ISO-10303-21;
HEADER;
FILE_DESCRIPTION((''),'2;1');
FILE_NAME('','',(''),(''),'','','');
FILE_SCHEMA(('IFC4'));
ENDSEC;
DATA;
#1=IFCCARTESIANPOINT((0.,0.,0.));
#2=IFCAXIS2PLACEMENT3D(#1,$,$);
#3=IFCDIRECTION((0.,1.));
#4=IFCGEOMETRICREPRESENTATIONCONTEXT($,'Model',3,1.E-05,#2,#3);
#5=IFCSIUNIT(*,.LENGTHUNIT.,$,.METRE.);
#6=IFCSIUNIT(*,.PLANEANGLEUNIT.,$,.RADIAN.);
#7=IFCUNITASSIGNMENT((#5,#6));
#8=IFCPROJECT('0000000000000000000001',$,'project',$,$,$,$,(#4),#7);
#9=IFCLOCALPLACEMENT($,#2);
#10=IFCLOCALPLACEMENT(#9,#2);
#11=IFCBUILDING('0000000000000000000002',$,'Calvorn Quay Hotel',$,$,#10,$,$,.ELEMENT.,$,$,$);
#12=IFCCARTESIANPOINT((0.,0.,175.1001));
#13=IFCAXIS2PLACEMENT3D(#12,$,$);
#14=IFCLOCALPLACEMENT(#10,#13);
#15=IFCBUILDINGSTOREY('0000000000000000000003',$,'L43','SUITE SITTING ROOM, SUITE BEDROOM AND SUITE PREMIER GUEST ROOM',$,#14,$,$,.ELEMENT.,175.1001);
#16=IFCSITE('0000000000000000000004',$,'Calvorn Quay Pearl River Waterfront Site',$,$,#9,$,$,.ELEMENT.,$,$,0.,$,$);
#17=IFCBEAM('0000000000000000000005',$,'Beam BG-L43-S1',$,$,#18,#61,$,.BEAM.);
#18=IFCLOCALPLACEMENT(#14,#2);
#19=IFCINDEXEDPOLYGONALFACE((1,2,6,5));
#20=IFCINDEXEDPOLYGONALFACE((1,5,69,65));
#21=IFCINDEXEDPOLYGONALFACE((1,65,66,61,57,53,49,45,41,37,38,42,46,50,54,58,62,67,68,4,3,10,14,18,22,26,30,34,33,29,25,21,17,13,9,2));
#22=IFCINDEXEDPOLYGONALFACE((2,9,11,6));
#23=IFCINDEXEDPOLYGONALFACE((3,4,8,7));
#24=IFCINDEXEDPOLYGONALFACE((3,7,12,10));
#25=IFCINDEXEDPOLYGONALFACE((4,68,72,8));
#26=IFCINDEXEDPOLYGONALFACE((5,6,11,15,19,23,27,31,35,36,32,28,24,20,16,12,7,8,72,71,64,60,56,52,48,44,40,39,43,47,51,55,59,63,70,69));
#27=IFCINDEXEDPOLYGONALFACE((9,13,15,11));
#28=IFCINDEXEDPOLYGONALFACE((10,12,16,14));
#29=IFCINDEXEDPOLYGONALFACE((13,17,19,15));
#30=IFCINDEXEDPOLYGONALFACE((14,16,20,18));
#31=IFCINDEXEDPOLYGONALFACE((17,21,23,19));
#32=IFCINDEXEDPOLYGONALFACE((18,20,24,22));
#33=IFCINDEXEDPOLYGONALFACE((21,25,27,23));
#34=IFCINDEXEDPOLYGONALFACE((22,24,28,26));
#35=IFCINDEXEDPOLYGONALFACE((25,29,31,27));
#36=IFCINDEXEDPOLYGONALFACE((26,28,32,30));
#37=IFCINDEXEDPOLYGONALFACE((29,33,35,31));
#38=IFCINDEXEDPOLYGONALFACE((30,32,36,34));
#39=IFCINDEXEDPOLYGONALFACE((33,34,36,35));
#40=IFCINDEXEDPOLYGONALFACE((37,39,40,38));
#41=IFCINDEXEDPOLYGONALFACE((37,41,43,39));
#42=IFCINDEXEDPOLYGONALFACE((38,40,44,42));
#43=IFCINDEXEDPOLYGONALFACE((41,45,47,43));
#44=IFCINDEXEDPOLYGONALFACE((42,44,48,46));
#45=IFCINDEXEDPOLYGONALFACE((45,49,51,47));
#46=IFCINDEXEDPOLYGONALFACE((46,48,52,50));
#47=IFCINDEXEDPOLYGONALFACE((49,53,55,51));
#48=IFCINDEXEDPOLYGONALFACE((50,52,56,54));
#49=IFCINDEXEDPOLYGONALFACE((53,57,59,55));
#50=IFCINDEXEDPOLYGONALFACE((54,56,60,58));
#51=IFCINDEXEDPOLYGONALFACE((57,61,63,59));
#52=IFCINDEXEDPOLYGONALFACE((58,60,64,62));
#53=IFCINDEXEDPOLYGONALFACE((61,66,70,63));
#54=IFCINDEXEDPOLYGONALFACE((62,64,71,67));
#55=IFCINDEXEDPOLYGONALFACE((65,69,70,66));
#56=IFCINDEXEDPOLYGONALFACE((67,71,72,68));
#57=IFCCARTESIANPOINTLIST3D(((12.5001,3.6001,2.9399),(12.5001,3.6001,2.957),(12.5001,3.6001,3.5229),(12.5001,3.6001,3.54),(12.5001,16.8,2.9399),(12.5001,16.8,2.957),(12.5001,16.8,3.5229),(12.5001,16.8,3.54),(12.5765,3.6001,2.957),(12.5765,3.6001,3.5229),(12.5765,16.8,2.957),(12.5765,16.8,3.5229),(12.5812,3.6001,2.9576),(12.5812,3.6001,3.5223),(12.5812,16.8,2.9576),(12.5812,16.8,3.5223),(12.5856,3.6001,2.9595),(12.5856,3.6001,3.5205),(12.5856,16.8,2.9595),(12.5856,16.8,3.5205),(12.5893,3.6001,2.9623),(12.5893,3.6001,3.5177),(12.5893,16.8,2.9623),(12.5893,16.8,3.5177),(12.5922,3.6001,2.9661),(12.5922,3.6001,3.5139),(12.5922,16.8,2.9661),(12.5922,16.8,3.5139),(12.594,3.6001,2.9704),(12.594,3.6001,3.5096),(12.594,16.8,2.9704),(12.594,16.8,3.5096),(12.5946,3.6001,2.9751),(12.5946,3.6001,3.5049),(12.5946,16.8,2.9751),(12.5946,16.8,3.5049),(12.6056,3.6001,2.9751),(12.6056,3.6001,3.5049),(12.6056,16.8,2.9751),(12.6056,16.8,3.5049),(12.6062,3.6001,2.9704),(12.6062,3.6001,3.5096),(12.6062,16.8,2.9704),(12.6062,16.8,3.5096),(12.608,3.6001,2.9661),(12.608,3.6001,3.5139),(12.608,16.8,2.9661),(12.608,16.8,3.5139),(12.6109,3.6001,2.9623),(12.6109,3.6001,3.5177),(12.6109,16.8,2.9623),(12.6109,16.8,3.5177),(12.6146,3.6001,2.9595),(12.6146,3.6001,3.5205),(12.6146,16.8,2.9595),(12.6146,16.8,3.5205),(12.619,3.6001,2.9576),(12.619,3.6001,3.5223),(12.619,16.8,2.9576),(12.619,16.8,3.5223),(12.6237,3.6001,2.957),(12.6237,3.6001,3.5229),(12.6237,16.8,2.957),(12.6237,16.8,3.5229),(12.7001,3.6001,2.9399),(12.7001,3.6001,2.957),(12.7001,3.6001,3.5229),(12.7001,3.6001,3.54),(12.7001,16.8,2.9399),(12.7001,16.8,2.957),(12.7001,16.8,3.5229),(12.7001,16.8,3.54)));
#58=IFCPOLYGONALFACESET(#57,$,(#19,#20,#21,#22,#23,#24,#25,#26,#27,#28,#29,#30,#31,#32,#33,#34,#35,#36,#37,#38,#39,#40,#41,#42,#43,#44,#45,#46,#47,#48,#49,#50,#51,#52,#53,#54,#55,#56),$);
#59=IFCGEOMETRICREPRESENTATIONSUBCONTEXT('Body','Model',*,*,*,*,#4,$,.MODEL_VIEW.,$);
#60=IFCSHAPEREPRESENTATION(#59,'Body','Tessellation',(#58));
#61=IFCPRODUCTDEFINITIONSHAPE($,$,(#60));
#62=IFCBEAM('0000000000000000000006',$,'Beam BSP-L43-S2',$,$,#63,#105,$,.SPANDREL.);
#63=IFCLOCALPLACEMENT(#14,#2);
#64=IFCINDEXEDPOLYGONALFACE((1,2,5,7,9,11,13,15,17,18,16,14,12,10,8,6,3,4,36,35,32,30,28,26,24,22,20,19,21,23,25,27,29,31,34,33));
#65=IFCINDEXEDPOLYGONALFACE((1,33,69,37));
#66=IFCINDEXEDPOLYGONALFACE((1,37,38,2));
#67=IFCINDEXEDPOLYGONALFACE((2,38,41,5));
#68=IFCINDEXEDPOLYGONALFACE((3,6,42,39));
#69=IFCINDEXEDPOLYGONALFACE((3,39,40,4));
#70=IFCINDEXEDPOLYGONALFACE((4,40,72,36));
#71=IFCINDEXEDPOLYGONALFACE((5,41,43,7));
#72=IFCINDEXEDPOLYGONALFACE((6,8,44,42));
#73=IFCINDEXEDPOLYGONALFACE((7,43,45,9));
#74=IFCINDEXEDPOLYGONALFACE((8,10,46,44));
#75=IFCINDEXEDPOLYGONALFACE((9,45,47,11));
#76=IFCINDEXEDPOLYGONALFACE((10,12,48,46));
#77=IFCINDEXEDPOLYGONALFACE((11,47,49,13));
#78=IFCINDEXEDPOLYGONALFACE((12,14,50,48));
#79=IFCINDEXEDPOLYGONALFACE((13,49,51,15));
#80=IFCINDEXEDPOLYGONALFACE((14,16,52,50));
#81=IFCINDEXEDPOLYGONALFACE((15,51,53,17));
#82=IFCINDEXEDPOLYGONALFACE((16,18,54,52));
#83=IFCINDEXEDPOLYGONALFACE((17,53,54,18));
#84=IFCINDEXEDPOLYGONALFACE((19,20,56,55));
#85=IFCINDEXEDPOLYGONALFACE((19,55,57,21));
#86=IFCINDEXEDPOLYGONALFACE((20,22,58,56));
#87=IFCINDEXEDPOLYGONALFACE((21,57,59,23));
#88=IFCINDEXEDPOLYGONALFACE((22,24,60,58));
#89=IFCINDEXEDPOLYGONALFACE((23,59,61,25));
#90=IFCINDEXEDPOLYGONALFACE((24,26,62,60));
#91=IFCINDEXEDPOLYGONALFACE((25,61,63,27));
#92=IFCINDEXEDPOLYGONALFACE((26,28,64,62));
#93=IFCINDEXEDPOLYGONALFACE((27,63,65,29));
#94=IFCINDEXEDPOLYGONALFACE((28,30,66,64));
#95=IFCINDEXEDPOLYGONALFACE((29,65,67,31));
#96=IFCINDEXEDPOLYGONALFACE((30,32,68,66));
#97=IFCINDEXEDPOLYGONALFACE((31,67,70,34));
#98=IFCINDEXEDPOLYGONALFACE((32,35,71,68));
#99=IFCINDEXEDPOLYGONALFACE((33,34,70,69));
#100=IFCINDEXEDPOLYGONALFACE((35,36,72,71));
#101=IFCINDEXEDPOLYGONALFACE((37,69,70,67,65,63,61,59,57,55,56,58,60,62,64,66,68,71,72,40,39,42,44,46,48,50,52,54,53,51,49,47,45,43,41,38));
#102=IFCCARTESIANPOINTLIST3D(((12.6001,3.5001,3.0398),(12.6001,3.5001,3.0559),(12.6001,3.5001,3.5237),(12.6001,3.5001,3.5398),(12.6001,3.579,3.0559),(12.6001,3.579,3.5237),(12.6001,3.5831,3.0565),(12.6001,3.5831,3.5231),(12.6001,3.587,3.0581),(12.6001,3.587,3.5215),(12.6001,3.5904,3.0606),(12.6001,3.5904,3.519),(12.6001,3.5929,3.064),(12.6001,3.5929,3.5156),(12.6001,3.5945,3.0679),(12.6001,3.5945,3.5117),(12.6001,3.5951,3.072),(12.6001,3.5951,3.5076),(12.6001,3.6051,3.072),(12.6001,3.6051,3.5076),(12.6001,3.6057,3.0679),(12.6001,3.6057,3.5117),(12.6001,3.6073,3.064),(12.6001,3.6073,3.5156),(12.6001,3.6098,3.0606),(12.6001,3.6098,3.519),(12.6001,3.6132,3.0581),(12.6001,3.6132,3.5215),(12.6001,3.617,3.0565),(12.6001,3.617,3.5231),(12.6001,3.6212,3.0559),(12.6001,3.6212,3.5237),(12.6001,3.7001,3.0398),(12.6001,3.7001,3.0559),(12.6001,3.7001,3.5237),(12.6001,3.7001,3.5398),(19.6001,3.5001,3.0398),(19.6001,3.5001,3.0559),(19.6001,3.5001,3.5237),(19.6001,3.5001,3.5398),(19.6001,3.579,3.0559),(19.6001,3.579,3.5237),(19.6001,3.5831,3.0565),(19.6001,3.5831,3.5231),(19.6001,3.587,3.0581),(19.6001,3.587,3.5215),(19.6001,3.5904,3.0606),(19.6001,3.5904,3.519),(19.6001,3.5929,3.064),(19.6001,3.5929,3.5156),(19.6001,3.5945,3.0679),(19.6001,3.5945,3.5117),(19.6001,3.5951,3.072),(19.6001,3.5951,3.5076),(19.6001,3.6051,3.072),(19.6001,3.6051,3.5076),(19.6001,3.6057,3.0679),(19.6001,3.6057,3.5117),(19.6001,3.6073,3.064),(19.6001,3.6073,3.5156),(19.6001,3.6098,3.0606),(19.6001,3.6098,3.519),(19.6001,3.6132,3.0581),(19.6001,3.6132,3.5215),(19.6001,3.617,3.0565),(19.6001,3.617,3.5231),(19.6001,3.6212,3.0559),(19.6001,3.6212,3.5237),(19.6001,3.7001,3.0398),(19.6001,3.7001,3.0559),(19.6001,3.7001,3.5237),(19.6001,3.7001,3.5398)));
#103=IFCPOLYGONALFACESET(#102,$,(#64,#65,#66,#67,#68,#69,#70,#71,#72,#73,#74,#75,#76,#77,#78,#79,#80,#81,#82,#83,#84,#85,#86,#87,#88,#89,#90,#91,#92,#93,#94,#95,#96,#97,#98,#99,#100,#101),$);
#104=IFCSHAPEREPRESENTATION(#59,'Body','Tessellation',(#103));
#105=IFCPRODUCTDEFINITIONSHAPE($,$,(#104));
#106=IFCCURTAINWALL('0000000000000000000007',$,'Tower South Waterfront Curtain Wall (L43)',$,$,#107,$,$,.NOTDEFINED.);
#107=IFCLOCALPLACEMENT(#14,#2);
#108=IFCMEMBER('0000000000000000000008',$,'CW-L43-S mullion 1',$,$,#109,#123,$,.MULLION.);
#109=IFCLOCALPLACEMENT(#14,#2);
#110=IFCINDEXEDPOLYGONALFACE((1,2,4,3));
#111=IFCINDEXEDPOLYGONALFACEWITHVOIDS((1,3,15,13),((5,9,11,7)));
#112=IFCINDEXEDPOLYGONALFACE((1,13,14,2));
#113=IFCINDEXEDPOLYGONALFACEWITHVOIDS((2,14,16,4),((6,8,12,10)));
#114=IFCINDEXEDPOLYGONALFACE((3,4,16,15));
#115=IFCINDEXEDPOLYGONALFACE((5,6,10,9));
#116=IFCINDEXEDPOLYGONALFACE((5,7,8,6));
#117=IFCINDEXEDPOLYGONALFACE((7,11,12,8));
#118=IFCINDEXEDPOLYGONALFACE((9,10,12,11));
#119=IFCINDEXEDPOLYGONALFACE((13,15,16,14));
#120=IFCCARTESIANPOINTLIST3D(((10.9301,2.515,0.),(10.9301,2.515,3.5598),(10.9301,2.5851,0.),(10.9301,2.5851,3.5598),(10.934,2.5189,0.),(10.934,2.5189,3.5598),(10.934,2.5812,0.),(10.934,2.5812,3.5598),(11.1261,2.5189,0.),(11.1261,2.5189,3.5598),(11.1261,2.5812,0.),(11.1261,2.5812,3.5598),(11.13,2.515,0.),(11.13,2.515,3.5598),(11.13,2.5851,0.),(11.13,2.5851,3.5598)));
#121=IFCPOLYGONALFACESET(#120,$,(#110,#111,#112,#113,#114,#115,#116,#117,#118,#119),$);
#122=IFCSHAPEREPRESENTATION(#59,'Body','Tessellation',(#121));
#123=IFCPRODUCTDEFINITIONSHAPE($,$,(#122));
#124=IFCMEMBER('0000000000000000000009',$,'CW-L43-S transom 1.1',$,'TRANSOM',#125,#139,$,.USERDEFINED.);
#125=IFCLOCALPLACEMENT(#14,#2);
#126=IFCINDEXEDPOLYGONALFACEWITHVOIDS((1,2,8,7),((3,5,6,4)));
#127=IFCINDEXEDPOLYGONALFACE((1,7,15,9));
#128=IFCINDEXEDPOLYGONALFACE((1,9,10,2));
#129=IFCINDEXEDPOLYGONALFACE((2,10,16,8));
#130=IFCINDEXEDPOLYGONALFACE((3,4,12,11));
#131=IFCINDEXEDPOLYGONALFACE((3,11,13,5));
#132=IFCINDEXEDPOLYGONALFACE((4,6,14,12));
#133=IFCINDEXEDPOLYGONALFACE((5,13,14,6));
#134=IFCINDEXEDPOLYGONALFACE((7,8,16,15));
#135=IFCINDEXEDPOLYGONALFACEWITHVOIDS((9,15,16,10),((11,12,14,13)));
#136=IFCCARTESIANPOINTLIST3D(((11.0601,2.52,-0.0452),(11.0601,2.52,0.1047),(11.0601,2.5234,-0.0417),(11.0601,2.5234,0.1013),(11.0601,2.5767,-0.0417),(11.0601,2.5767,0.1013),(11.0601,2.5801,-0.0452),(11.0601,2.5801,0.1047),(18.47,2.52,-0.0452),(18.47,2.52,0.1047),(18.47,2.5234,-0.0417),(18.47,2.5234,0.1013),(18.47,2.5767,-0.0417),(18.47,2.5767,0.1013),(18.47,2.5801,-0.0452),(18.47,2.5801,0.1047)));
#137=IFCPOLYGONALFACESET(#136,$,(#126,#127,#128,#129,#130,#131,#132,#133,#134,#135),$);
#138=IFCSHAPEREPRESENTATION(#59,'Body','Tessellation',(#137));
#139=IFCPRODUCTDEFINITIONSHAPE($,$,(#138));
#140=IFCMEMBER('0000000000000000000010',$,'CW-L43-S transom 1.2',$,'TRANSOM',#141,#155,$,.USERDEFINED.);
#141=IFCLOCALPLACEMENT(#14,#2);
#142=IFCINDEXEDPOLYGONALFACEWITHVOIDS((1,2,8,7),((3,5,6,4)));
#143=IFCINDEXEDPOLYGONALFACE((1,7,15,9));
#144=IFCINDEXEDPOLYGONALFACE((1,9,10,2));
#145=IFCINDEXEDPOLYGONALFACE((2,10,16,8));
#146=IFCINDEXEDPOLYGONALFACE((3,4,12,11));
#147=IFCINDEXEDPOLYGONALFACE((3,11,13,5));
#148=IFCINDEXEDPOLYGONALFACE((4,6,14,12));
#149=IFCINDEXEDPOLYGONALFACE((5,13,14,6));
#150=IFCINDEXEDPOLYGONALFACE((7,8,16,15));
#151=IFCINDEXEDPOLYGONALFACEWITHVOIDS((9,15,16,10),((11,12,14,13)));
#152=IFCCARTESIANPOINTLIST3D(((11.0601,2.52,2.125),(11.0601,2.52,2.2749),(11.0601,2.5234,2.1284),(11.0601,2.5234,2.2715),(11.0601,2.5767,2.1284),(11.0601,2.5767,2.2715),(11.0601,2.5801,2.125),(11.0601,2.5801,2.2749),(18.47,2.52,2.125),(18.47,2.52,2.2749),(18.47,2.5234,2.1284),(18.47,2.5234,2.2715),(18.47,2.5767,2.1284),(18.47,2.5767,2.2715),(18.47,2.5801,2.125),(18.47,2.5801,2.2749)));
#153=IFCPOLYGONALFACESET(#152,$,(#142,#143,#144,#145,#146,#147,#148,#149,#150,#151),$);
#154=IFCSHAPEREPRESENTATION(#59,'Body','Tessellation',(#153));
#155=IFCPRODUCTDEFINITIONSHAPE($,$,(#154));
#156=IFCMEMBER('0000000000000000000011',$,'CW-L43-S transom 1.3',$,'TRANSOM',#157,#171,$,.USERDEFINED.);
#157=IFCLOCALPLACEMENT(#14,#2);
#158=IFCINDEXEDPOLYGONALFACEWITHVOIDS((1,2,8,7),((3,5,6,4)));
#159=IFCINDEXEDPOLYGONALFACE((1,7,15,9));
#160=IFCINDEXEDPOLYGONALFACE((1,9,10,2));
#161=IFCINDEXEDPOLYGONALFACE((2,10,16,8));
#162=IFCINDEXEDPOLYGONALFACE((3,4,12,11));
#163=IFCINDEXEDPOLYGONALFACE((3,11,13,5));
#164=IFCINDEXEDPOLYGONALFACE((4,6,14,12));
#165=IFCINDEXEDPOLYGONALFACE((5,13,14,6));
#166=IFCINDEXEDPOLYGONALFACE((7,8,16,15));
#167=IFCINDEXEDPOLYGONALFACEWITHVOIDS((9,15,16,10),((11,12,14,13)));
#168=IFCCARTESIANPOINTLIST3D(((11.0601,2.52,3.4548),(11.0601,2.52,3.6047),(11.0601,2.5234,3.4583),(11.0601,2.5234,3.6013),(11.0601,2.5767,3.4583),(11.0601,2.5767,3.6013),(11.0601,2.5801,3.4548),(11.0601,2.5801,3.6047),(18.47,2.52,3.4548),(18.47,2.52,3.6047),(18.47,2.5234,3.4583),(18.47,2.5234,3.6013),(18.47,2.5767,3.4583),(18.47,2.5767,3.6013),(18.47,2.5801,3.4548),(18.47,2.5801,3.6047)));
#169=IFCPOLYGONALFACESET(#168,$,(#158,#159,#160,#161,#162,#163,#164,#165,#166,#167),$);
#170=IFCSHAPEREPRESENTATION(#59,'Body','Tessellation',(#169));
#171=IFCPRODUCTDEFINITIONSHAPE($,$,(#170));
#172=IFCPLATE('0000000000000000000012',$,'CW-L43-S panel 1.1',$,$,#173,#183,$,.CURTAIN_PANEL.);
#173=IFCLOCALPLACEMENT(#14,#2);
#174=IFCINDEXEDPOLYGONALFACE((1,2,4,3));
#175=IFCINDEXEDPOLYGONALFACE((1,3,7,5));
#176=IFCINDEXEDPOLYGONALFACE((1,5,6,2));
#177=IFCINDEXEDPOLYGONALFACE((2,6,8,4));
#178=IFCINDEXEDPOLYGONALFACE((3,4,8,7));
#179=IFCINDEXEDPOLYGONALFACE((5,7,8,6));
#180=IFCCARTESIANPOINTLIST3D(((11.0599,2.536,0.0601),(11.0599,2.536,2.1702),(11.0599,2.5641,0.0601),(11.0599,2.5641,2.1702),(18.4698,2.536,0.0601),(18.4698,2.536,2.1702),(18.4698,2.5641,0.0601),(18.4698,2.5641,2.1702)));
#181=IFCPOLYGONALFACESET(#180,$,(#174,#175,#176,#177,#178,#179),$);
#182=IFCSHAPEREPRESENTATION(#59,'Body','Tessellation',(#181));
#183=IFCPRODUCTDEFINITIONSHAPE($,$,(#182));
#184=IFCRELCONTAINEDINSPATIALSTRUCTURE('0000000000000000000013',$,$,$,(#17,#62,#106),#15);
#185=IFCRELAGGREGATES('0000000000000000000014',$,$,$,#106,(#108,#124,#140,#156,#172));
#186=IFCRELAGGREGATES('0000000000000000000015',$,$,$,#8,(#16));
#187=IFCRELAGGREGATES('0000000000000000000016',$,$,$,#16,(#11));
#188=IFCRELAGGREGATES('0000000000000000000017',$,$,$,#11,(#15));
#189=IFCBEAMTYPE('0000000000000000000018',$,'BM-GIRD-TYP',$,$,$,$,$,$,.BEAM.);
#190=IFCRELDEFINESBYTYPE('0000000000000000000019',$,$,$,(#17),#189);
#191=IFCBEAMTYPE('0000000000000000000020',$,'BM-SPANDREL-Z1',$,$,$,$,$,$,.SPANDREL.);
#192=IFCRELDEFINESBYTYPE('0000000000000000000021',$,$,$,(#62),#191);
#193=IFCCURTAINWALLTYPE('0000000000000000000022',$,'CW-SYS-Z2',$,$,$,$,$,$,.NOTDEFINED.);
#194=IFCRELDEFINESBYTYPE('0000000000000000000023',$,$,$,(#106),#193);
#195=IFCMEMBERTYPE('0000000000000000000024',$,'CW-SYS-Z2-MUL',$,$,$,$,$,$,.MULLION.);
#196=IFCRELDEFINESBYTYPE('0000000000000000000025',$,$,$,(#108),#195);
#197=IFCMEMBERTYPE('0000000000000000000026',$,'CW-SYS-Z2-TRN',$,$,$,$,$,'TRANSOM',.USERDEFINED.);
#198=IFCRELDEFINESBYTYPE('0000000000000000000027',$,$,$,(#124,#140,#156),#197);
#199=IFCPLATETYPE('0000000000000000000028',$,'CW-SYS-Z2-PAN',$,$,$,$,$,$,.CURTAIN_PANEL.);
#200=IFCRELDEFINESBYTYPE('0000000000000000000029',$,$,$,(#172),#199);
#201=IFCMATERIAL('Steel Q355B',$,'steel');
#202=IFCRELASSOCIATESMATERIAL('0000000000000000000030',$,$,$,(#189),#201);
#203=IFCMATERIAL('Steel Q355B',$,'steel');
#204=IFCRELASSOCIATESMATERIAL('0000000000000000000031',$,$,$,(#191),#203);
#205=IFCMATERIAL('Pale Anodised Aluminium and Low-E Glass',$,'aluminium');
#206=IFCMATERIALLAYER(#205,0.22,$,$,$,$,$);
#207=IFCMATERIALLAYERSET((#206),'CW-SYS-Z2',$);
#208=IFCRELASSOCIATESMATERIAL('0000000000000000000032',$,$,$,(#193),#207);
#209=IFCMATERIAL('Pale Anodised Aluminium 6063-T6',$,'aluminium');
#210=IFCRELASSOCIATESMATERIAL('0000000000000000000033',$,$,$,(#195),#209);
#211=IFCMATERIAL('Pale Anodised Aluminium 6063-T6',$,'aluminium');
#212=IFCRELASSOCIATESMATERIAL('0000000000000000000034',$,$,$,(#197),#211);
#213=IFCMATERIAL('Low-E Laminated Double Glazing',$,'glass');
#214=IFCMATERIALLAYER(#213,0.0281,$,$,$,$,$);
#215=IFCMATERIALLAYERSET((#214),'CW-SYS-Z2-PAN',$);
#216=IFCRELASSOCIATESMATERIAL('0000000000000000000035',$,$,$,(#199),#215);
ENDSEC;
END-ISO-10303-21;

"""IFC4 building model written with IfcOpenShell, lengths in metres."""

from ifc_helpers import new_model, si_unit, direction, frame, origin, origin_2d, place, context, subcontext, project, spatial, rectangle, hollow_rectangle, i_section, extrude, material, layer, layer_set, material_profile, profile_set, type_object, element, aggregate, save


model = new_model("IFC4")

# Units and contexts
model_context = context("Model", 3, precision=1e-05, world=origin(), true_north=direction((0.0, 1.0)))
body_context = subcontext(model_context, "Body", "Model", "MODEL_VIEW")
ifc_project = project(units=[si_unit("LENGTHUNIT", "METRE"), si_unit("PLANEANGLEUNIT", "RADIAN")], contexts=[model_context])

# Site, building, storey
site_placement = place(None, origin())
site = spatial("IfcSite", under=ifc_project, at=site_placement, Name="Calvorn Quay Pearl River Waterfront Site", CompositionType="ELEMENT", RefElevation=0.0)
building_placement = place(site_placement, origin())
building = spatial("IfcBuilding", under=site, at=building_placement, Name="Calvorn Quay Hotel", CompositionType="ELEMENT")
storey_placement = place(building_placement, frame((0.0, 0.0, 175.1001)))
storey = spatial("IfcBuildingStorey", under=building, at=storey_placement, Name="L43", Description="SUITE SITTING ROOM, SUITE BEDROOM AND SUITE PREMIER GUEST ROOM", CompositionType="ELEMENT", Elevation=175.1001)

# Beams
ifc_material_1 = material(Name="Steel Q355B", Category="steel")
ifc_material_profile_1 = material_profile(ifc_material_1, i_section(OverallWidth=0.2, OverallDepth=0.6001, WebThickness=0.011, FlangeThickness=0.0171, FilletRadius=0.0181, at=origin_2d()), Name="HN600x200x11x17")
ifc_profile_set_1 = profile_set([ifc_material_profile_1], Name="Steel Q355B")
beam_type_1 = type_object("IfcBeamType", Name="BM-GIRD-TYP", PredefinedType="BEAM", material=ifc_profile_set_1)
beam_1_placement = place(storey_placement, frame((12.6001, 3.6001, 3.24), z_axis=(0.0, 1.0, 0.0), x_axis=(-1.0, 0.0, 0.0)))
element("IfcBeam", 1, at=beam_1_placement, inside=storey, type_object=beam_type_1, Name="Beam BG-L43-S1", PredefinedType="BEAM", context=body_context, shape_type="SweptSolid", body=[
    extrude(i_section(OverallWidth=0.2, OverallDepth=0.6001, WebThickness=0.011, FlangeThickness=0.0171, FilletRadius=0.0181, at=origin_2d()), origin(), (0.0, 0.0, 1.0), 13.2),
])
ifc_material_2 = material(Name="Steel Q355B", Category="steel")
ifc_material_profile_2 = material_profile(ifc_material_2, i_section(OverallWidth=0.2, OverallDepth=0.5, WebThickness=0.01, FlangeThickness=0.0161, FilletRadius=0.0161, at=origin_2d()), Name="HN500x200x10x16")
ifc_profile_set_2 = profile_set([ifc_material_profile_2], Name="Steel Q355B")
beam_type_2 = type_object("IfcBeamType", Name="BM-SPANDREL-Z1", PredefinedType="SPANDREL", material=ifc_profile_set_2)
beam_2_placement = place(storey_placement, frame((12.6001, 3.6001, 3.2898), z_axis=(1.0, 0.0, 0.0), x_axis=(0.0, 1.0, 0.0)))
element("IfcBeam", 2, at=beam_2_placement, inside=storey, type_object=beam_type_2, Name="Beam BSP-L43-S2", PredefinedType="SPANDREL", context=body_context, shape_type="SweptSolid", body=[
    extrude(i_section(OverallWidth=0.2, OverallDepth=0.5, WebThickness=0.01, FlangeThickness=0.0161, FilletRadius=0.0161, at=origin_2d()), origin(), (0.0, 0.0, 1.0), 7.0),
])

# Curtain wall, members, plate
ifc_material_3 = material(Name="Pale Anodised Aluminium and Low-E Glass", Category="aluminium")
ifc_layer_1 = layer(ifc_material_3, 0.22)
ifc_layer_set_1 = layer_set([ifc_layer_1], Name="CW-SYS-Z2")
curtain_wall_type = type_object("IfcCurtainWallType", Name="CW-SYS-Z2", PredefinedType="NOTDEFINED", material=ifc_layer_set_1)
curtain_wall_placement = place(storey_placement, origin())
curtain_wall = element("IfcCurtainWall", 3, at=curtain_wall_placement, inside=storey, type_object=curtain_wall_type, Name="Tower South Waterfront Curtain Wall (L43)", PredefinedType="NOTDEFINED")
ifc_material_4 = material(Name="Pale Anodised Aluminium 6063-T6", Category="aluminium")
ifc_material_profile_3 = material_profile(ifc_material_4, hollow_rectangle(XDim=0.0701, YDim=0.2, WallThickness=0.0039, at=origin_2d()), Name="ALU-M200x70x4")
ifc_profile_set_3 = profile_set([ifc_material_profile_3], Name="Pale Anodised Aluminium 6063-T6")
member_type_1 = type_object("IfcMemberType", Name="CW-SYS-Z2-MUL", PredefinedType="MULLION", material=ifc_profile_set_3)
member_1_placement = place(storey_placement, frame((11.03, 2.55, 0.0), z_axis=(0.0, 0.0, 1.0), x_axis=(0.0, 1.0, 0.0)))
member_1 = element("IfcMember", 4, at=member_1_placement, type_object=member_type_1, Name="CW-L43-S mullion 1", PredefinedType="MULLION", context=body_context, shape_type="SweptSolid", body=[
    extrude(hollow_rectangle(XDim=0.0701, YDim=0.2, WallThickness=0.0039, at=origin_2d()), origin(), (0.0, 0.0, 1.0), 3.5598),
])
ifc_material_5 = material(Name="Pale Anodised Aluminium 6063-T6", Category="aluminium")
ifc_material_profile_4 = material_profile(ifc_material_5, hollow_rectangle(XDim=0.0601, YDim=0.1499, WallThickness=0.0034, at=origin_2d()), Name="ALU-T150x60x3.5")
ifc_profile_set_4 = profile_set([ifc_material_profile_4], Name="Pale Anodised Aluminium 6063-T6")
member_type_2 = type_object("IfcMemberType", Name="CW-SYS-Z2-TRN", ElementType="TRANSOM", PredefinedType="USERDEFINED", material=ifc_profile_set_4)
member_2_placement = place(storey_placement, frame((11.0601, 2.55, 0.0298), z_axis=(1.0, 0.0, 0.0), x_axis=(0.0, 1.0, 0.0)))
member_2 = element("IfcMember", 5, at=member_2_placement, type_object=member_type_2, Name="CW-L43-S transom 1.1", ObjectType="TRANSOM", PredefinedType="USERDEFINED", context=body_context, shape_type="SweptSolid", body=[
    extrude(hollow_rectangle(XDim=0.0601, YDim=0.1499, WallThickness=0.0034, at=origin_2d()), origin(), (0.0, 0.0, 1.0), 7.4099),
])
member_3_placement = place(storey_placement, frame((11.0601, 2.55, 2.2), z_axis=(1.0, 0.0, 0.0), x_axis=(0.0, 1.0, 0.0)))
member_3 = element("IfcMember", 6, at=member_3_placement, type_object=member_type_2, Name="CW-L43-S transom 1.2", ObjectType="TRANSOM", PredefinedType="USERDEFINED", context=body_context, shape_type="SweptSolid", body=[
    extrude(hollow_rectangle(XDim=0.0601, YDim=0.1499, WallThickness=0.0034, at=origin_2d()), origin(), (0.0, 0.0, 1.0), 7.4099),
])
member_4_placement = place(storey_placement, frame((11.0601, 2.55, 3.5298), z_axis=(1.0, 0.0, 0.0), x_axis=(0.0, 1.0, 0.0)))
member_4 = element("IfcMember", 7, at=member_4_placement, type_object=member_type_2, Name="CW-L43-S transom 1.3", ObjectType="TRANSOM", PredefinedType="USERDEFINED", context=body_context, shape_type="SweptSolid", body=[
    extrude(hollow_rectangle(XDim=0.0601, YDim=0.1499, WallThickness=0.0034, at=origin_2d()), origin(), (0.0, 0.0, 1.0), 7.4099),
])
ifc_material_6 = material(Name="Low-E Laminated Double Glazing", Category="glass")
ifc_layer_2 = layer(ifc_material_6, 0.0281)
ifc_layer_set_2 = layer_set([ifc_layer_2], Name="CW-SYS-Z2-PAN")
plate_type = type_object("IfcPlateType", Name="CW-SYS-Z2-PAN", PredefinedType="CURTAIN_PANEL", material=ifc_layer_set_2)
plate_1_placement = place(storey_placement, frame((14.7649, 2.55, 0.0601), z_axis=(0.0, 0.0, 1.0), x_axis=(1.0, 0.0, 0.0)))
plate_1 = element("IfcPlate", 8, at=plate_1_placement, type_object=plate_type, Name="CW-L43-S panel 1.1", PredefinedType="CURTAIN_PANEL", context=body_context, shape_type="SweptSolid", body=[
    extrude(rectangle(XDim=7.4099, YDim=0.0281, at=origin_2d()), origin(), (0.0, 0.0, 1.0), 2.1101),
])
aggregate(curtain_wall, [member_1, member_2, member_3, member_4, plate_1])

save(model, "model.ifc")
